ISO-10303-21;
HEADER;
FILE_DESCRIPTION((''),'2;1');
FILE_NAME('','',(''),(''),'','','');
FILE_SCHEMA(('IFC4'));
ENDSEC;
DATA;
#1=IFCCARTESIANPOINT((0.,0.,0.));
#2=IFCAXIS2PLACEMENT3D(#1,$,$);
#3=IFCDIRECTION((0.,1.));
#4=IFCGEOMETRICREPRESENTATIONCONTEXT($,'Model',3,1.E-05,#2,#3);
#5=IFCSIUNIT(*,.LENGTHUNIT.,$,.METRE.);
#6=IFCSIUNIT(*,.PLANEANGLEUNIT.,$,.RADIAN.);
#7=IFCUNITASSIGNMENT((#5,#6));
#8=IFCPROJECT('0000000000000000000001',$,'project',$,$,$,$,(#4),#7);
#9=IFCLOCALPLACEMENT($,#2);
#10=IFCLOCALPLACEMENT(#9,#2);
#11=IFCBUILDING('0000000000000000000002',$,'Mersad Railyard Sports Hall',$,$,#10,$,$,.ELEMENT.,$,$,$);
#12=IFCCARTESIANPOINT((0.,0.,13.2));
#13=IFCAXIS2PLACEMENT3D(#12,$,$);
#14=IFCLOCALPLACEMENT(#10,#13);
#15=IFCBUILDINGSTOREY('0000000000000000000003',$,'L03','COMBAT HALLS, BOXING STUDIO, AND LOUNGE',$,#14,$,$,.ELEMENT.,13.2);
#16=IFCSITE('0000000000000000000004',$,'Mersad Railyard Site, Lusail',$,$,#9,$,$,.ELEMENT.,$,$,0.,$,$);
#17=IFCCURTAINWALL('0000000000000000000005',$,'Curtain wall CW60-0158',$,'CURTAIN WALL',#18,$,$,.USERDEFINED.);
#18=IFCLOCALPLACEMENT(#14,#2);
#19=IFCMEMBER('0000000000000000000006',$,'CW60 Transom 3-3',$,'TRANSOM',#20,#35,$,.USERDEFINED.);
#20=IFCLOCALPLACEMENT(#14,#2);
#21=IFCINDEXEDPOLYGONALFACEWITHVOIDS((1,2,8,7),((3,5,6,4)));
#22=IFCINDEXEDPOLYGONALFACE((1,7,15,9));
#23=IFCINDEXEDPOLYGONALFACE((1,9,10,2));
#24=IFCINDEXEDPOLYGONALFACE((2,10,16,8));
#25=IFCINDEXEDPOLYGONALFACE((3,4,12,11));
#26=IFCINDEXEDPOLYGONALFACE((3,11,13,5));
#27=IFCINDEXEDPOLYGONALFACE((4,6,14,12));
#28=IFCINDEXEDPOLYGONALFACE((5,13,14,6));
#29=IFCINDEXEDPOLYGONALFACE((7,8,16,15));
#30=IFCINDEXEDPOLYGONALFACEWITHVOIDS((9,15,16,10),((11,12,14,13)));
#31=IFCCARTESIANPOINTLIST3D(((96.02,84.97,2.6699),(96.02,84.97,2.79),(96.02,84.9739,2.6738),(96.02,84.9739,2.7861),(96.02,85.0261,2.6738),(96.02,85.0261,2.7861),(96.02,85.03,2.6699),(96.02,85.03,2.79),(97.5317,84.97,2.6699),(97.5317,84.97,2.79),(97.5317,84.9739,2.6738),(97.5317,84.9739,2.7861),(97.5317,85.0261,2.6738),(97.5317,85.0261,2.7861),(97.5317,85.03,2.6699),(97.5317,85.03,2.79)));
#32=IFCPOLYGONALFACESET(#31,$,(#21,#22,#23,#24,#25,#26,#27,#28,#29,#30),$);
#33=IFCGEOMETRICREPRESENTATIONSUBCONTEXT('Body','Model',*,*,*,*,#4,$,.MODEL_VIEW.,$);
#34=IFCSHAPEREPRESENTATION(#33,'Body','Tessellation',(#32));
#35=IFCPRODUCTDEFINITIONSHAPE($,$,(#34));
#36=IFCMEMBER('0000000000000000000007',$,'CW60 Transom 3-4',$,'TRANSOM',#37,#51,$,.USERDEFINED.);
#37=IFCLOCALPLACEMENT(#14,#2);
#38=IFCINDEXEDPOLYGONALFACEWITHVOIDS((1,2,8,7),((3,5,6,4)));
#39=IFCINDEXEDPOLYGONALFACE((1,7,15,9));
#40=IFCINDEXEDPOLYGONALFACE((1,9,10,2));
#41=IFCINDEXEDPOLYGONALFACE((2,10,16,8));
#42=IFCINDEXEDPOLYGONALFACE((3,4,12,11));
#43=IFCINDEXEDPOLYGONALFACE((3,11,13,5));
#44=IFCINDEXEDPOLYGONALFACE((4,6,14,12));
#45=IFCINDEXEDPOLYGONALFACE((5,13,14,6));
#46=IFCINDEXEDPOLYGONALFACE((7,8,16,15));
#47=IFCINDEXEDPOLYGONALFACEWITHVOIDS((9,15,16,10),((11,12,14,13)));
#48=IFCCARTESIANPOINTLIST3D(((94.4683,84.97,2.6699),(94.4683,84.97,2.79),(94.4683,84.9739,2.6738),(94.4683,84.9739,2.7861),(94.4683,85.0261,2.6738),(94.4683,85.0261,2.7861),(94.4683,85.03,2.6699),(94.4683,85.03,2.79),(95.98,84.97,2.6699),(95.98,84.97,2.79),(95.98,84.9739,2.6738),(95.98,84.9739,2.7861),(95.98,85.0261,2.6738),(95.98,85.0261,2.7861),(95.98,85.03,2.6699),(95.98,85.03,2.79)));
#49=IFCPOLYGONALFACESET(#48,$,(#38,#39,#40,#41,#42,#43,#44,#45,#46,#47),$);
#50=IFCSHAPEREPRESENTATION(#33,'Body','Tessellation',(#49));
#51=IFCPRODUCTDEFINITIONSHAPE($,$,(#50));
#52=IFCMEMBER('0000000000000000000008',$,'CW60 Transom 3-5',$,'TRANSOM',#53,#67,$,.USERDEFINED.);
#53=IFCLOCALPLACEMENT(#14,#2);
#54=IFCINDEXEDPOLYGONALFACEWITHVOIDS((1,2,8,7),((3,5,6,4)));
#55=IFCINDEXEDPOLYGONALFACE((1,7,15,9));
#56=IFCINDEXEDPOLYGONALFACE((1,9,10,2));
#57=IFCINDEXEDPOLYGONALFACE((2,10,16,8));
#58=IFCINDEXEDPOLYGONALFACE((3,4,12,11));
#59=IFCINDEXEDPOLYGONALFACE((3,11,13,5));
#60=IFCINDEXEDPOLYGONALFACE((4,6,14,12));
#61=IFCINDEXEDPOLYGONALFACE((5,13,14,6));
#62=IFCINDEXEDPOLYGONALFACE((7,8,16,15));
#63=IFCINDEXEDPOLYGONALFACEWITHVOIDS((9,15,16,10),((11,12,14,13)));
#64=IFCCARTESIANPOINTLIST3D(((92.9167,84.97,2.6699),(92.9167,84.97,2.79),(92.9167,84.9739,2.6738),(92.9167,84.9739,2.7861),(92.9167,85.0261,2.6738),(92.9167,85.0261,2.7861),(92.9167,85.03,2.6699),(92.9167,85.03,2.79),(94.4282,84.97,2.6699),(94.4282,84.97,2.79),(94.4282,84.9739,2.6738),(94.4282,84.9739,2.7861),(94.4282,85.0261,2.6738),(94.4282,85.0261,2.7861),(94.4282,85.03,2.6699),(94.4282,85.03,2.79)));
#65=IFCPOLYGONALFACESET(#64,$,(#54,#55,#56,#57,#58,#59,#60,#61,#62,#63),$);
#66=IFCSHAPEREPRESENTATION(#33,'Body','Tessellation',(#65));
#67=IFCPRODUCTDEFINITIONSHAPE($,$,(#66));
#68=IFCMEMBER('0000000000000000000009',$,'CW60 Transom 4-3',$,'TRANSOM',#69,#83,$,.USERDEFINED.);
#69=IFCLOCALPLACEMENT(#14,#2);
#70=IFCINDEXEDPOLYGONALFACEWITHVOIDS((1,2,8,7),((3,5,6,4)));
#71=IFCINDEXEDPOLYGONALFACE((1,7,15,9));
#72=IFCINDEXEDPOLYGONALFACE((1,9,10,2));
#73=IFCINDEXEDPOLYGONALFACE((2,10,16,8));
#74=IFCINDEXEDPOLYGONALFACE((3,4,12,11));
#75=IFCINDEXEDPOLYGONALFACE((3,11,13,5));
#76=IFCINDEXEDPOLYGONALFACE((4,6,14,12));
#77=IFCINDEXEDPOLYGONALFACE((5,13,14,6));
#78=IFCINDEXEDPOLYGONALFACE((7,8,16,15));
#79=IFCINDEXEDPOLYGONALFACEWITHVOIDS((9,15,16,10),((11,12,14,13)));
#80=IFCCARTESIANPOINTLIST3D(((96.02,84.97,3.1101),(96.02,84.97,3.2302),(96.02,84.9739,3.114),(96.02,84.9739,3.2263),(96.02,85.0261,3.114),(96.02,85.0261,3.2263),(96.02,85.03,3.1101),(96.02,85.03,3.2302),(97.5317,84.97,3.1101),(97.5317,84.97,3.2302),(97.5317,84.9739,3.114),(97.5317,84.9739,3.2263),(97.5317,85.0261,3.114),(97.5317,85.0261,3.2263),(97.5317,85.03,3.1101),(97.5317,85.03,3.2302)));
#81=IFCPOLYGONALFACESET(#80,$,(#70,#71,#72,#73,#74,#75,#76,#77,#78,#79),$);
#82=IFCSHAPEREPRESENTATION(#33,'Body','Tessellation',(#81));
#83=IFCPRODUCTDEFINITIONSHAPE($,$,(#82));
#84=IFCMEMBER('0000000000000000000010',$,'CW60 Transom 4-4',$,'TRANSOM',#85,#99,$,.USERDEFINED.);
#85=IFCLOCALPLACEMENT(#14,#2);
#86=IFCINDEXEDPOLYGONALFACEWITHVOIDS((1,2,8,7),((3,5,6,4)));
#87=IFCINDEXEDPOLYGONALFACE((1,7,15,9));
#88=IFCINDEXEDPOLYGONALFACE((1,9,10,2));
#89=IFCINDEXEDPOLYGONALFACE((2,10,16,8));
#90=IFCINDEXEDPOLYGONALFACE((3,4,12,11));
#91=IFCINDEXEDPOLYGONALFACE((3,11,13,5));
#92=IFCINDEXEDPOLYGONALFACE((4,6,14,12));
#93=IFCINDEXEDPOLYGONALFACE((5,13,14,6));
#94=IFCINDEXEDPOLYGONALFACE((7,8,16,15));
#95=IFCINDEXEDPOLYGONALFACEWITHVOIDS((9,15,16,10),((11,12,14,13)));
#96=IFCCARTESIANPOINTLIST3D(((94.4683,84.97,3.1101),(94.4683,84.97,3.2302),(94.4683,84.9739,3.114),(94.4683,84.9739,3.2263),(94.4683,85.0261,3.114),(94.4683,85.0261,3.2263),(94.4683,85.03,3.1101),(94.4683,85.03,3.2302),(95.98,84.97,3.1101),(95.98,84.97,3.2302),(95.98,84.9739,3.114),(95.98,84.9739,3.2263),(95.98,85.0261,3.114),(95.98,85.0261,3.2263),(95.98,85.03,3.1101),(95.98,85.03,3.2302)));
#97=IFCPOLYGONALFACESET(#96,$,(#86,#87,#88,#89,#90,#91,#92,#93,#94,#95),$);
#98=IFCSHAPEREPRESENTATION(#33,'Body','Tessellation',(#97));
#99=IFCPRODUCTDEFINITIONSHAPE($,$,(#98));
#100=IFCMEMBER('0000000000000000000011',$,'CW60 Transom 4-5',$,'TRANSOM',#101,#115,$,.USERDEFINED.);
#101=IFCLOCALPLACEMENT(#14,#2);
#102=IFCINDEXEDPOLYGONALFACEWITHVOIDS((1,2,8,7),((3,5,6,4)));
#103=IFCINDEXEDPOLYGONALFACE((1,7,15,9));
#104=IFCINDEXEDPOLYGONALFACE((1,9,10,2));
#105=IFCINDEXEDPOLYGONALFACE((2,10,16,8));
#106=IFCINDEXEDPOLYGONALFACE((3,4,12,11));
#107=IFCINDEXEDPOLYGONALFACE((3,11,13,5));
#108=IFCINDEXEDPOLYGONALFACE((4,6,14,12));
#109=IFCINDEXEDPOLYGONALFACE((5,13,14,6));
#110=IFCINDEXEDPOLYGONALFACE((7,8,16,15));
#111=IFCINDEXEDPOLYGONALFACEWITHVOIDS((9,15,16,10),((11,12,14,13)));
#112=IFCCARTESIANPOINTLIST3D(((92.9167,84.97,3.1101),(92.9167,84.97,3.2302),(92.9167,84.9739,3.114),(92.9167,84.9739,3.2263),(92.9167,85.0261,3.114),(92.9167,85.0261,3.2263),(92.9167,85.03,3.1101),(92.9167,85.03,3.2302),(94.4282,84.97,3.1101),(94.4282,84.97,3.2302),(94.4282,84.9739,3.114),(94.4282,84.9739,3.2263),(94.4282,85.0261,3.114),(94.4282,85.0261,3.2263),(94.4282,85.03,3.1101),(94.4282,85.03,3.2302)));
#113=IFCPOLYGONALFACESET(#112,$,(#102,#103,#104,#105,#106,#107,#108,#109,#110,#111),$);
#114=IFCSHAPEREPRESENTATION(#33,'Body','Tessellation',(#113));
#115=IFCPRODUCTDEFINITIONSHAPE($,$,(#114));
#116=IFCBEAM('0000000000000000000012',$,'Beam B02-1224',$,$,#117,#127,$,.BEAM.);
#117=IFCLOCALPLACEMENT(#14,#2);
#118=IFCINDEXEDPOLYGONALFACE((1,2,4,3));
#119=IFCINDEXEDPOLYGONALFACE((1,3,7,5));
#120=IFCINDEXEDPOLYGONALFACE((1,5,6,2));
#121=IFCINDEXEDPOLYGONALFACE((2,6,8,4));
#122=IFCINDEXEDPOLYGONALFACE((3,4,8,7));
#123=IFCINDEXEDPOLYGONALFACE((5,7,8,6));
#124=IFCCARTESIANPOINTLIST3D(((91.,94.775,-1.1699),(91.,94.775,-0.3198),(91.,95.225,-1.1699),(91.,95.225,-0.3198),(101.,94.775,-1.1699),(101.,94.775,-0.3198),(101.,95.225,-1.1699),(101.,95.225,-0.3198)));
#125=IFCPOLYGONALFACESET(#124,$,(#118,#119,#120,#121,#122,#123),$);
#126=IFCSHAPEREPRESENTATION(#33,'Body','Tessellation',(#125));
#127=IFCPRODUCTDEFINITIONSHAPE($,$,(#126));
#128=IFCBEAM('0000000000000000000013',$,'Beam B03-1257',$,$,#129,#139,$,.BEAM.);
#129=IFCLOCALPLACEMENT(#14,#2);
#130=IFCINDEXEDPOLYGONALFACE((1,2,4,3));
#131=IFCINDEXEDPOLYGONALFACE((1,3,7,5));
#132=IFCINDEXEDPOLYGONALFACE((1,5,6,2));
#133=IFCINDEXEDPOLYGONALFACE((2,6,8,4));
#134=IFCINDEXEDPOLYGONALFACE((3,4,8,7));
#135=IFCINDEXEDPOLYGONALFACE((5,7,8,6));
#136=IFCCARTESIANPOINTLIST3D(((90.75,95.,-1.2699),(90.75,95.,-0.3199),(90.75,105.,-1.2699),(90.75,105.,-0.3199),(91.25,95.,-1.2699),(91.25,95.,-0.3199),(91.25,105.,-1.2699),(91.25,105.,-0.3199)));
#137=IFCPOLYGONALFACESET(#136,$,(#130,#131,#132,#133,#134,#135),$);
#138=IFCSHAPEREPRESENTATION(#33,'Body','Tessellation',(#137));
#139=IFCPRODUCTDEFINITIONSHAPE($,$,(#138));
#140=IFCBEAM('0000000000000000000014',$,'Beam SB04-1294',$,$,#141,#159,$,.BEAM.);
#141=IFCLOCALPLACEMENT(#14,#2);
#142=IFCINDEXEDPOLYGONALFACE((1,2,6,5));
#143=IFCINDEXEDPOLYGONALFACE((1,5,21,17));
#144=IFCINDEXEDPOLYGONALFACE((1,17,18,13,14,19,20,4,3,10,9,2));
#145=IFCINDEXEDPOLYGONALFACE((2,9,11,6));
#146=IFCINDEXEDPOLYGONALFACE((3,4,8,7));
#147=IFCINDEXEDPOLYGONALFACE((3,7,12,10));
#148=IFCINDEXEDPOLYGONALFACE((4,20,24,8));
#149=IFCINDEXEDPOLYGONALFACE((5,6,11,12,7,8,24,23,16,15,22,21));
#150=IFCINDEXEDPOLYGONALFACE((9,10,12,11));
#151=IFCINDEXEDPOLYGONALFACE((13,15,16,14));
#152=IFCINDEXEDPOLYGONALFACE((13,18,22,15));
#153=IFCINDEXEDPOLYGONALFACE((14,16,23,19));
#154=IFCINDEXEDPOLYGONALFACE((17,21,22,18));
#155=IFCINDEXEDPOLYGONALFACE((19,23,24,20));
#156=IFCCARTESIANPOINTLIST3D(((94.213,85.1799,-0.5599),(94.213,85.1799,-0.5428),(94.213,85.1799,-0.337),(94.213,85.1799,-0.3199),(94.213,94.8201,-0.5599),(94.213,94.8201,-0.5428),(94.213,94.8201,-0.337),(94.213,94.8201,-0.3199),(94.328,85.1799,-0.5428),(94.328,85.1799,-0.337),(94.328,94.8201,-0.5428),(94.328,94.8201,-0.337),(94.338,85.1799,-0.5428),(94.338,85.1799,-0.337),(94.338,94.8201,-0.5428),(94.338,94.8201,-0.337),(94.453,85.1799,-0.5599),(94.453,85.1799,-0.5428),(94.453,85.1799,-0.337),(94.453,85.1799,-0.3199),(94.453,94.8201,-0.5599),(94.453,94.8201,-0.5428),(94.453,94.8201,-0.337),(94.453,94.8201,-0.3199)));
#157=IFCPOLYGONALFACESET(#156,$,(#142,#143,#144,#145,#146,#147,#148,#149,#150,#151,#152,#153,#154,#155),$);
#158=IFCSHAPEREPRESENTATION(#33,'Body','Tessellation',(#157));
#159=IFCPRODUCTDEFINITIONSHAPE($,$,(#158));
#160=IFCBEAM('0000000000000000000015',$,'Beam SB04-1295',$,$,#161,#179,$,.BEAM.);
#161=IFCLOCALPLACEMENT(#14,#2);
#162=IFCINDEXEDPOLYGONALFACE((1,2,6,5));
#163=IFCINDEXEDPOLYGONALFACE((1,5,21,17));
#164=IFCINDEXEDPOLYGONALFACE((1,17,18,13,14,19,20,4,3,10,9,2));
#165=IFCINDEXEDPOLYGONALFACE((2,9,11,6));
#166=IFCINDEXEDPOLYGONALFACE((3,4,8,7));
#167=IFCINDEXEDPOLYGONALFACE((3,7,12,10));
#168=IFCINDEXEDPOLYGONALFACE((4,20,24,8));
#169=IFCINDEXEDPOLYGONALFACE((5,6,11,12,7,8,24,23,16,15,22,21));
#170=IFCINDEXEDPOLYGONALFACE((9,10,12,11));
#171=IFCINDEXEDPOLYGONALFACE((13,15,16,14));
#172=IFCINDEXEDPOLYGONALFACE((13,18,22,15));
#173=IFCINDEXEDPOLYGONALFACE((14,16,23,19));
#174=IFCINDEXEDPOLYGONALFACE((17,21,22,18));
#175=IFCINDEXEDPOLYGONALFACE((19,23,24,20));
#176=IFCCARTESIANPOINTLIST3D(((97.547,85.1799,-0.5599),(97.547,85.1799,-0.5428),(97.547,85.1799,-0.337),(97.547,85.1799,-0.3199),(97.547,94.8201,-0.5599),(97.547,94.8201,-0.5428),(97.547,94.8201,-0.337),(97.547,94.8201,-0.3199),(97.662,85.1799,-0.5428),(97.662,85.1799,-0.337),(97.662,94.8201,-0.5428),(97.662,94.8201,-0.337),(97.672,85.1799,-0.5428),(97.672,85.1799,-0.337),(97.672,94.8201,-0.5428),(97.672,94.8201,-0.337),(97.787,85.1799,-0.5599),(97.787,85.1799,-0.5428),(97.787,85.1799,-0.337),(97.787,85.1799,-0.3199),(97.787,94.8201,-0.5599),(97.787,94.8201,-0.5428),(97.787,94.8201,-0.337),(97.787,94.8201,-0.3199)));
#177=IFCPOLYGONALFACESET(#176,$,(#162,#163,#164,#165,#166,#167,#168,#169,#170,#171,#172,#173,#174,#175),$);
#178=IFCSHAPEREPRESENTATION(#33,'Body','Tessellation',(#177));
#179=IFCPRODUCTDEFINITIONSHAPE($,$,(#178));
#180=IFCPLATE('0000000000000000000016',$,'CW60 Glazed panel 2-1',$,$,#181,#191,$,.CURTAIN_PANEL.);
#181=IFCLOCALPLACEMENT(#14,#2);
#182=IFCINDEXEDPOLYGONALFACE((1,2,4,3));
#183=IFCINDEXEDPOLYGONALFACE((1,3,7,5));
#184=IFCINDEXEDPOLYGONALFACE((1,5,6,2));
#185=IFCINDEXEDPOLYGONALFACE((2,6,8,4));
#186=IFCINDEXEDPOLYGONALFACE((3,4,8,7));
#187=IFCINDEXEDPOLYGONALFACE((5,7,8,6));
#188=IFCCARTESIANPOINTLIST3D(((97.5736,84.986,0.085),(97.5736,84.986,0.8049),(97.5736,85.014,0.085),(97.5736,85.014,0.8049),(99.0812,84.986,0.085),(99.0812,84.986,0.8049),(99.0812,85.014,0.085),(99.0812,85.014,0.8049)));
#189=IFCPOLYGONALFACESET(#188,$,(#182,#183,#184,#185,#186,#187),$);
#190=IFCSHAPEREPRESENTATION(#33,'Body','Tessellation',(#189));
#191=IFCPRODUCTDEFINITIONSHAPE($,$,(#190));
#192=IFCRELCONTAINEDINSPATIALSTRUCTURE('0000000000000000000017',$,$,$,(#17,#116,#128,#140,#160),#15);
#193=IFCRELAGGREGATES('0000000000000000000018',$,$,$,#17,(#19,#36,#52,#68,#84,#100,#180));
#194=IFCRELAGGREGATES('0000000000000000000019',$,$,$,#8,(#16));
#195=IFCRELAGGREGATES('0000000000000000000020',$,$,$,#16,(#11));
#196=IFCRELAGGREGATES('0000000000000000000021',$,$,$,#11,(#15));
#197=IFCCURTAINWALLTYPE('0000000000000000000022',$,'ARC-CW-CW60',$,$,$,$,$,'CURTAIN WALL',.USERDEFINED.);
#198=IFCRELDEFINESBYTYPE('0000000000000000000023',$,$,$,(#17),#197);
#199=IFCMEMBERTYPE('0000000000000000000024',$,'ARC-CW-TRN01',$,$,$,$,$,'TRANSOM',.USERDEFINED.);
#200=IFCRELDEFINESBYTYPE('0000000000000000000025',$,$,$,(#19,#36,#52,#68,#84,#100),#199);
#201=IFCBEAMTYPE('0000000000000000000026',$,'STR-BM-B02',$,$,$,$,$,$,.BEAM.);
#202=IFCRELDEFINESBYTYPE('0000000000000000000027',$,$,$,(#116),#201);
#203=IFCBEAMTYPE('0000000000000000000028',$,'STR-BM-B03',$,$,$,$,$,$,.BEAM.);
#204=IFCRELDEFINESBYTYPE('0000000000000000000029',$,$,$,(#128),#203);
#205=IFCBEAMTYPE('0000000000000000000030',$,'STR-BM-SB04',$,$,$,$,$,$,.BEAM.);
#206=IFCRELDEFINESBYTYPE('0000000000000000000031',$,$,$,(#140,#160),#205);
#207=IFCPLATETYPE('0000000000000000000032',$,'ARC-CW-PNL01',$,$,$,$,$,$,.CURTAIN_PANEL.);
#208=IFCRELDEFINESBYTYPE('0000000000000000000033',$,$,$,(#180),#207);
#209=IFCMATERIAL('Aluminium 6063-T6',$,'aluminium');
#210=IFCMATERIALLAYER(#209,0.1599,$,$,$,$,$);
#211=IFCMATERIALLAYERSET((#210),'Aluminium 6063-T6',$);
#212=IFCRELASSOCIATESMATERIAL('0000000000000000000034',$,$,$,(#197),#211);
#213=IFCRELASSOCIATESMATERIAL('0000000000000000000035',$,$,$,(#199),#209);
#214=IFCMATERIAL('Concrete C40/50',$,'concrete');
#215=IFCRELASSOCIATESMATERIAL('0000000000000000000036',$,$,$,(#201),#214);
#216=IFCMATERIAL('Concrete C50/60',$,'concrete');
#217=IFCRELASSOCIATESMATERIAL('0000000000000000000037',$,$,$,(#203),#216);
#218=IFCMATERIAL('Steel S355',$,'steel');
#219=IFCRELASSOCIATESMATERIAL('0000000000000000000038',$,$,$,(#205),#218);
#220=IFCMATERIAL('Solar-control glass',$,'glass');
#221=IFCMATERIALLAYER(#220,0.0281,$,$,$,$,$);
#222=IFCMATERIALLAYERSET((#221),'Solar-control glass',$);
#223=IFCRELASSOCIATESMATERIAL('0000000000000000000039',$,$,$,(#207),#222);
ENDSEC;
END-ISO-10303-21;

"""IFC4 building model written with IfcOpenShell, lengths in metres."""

from ifc_helpers import new_model, si_unit, direction, frame, origin, origin_2d, place, context, subcontext, project, spatial, rectangle, hollow_rectangle, i_section, extrude, material, layer, layer_set, material_profile, profile_set, type_object, element, aggregate, save


model = new_model("IFC4")

# Units and contexts
model_context = context("Model", 3, precision=1e-05, world=origin(), true_north=direction((0.0, 1.0)))
body_context = subcontext(model_context, "Body", "Model", "MODEL_VIEW")
ifc_project = project(units=[si_unit("LENGTHUNIT", "METRE"), si_unit("PLANEANGLEUNIT", "RADIAN")], contexts=[model_context])

# Site, building, storey
site_placement = place(None, origin())
site = spatial("IfcSite", under=ifc_project, at=site_placement, Name="Mersad Railyard Site, Lusail", CompositionType="ELEMENT", RefElevation=0.0)
building_placement = place(site_placement, origin())
building = spatial("IfcBuilding", under=site, at=building_placement, Name="Mersad Railyard Sports Hall", CompositionType="ELEMENT")
storey_placement = place(building_placement, frame((0.0, 0.0, 13.2)))
storey = spatial("IfcBuildingStorey", under=building, at=storey_placement, Name="L03", Description="COMBAT HALLS, BOXING STUDIO, AND LOUNGE", CompositionType="ELEMENT", Elevation=13.2)

# Shared definitions
ifc_material_1 = material(Name="Concrete C40/50", Category="concrete")

# Curtain wall, members
ifc_material_2 = material(Name="Aluminium 6063-T6", Category="aluminium")
ifc_layer_1 = layer(ifc_material_2, 0.1599)
ifc_layer_set_1 = layer_set([ifc_layer_1], Name="Aluminium 6063-T6")
curtain_wall_type = type_object("IfcCurtainWallType", Name="ARC-CW-CW60", ElementType="CURTAIN WALL", PredefinedType="USERDEFINED", material=ifc_layer_set_1)
curtain_wall_placement = place(storey_placement, origin())
curtain_wall = element("IfcCurtainWall", 1, at=curtain_wall_placement, inside=storey, type_object=curtain_wall_type, Name="Curtain wall CW60-0158", ObjectType="CURTAIN WALL", PredefinedType="USERDEFINED")
ifc_material_profile_1 = material_profile(ifc_material_2, hollow_rectangle(XDim=0.0601, YDim=0.1201, WallThickness=0.0039, at=origin_2d()), Name="AL TRANSOM 60x120x4")
ifc_profile_set_1 = profile_set([ifc_material_profile_1], Name="Aluminium 6063-T6")
member_type_1 = type_object("IfcMemberType", Name="ARC-CW-TRN01", ElementType="TRANSOM", PredefinedType="USERDEFINED", material=ifc_profile_set_1)
member_1_placement = place(storey_placement, frame((97.5317, 85.0, 2.73), z_axis=(-1.0, 0.0, 0.0), x_axis=(0.0, -1.0, 0.0)))
member_1 = element("IfcMember", 2, at=member_1_placement, type_object=member_type_1, Name="CW60 Transom 3-3", ObjectType="TRANSOM", PredefinedType="USERDEFINED", context=body_context, shape_type="SweptSolid", body=[
    extrude(hollow_rectangle(XDim=0.0601, YDim=0.1201, WallThickness=0.0039, at=origin_2d()), origin(), (0.0, 0.0, 1.0), 1.5117),
])
member_2_placement = place(storey_placement, frame((95.98, 85.0, 2.73), z_axis=(-1.0, 0.0, 0.0), x_axis=(0.0, -1.0, 0.0)))
member_2 = element("IfcMember", 3, at=member_2_placement, type_object=member_type_1, Name="CW60 Transom 3-4", ObjectType="TRANSOM", PredefinedType="USERDEFINED", context=body_context, shape_type="SweptSolid", body=[
    extrude(hollow_rectangle(XDim=0.0601, YDim=0.1201, WallThickness=0.0039, at=origin_2d()), origin(), (0.0, 0.0, 1.0), 1.5117),
])
member_3_placement = place(storey_placement, frame((94.4282, 85.0, 2.73), z_axis=(-1.0, 0.0, 0.0), x_axis=(0.0, -1.0, 0.0)))
member_3 = element("IfcMember", 4, at=member_3_placement, type_object=member_type_1, Name="CW60 Transom 3-5", ObjectType="TRANSOM", PredefinedType="USERDEFINED", context=body_context, shape_type="SweptSolid", body=[
    extrude(hollow_rectangle(XDim=0.0601, YDim=0.1201, WallThickness=0.0039, at=origin_2d()), origin(), (0.0, 0.0, 1.0), 1.5115),
])
member_4_placement = place(storey_placement, frame((97.5317, 85.0, 3.1702), z_axis=(-1.0, 0.0, 0.0), x_axis=(0.0, -1.0, 0.0)))
member_4 = element("IfcMember", 5, at=member_4_placement, type_object=member_type_1, Name="CW60 Transom 4-3", ObjectType="TRANSOM", PredefinedType="USERDEFINED", context=body_context, shape_type="SweptSolid", body=[
    extrude(hollow_rectangle(XDim=0.0601, YDim=0.1201, WallThickness=0.0039, at=origin_2d()), origin(), (0.0, 0.0, 1.0), 1.5117),
])
member_5_placement = place(storey_placement, frame((95.98, 85.0, 3.1702), z_axis=(-1.0, 0.0, 0.0), x_axis=(0.0, -1.0, 0.0)))
member_5 = element("IfcMember", 6, at=member_5_placement, type_object=member_type_1, Name="CW60 Transom 4-4", ObjectType="TRANSOM", PredefinedType="USERDEFINED", context=body_context, shape_type="SweptSolid", body=[
    extrude(hollow_rectangle(XDim=0.0601, YDim=0.1201, WallThickness=0.0039, at=origin_2d()), origin(), (0.0, 0.0, 1.0), 1.5117),
])
member_6_placement = place(storey_placement, frame((94.4282, 85.0, 3.1702), z_axis=(-1.0, 0.0, 0.0), x_axis=(0.0, -1.0, 0.0)))
member_6 = element("IfcMember", 7, at=member_6_placement, type_object=member_type_1, Name="CW60 Transom 4-5", ObjectType="TRANSOM", PredefinedType="USERDEFINED", context=body_context, shape_type="SweptSolid", body=[
    extrude(hollow_rectangle(XDim=0.0601, YDim=0.1201, WallThickness=0.0039, at=origin_2d()), origin(), (0.0, 0.0, 1.0), 1.5115),
])

# Beams
ifc_material_profile_2 = material_profile(ifc_material_1, rectangle(XDim=0.45, YDim=0.8501, at=origin_2d()), Name="RC 450x850")
ifc_profile_set_2 = profile_set([ifc_material_profile_2], Name="Concrete C40/50")
beam_type_1 = type_object("IfcBeamType", Name="STR-BM-B02", PredefinedType="BEAM", material=ifc_profile_set_2)
beam_1_placement = place(storey_placement, frame((91.0, 95.0, -0.7449), z_axis=(1.0, 0.0, 0.0), x_axis=(0.0, 1.0, 0.0)))
element("IfcBeam", 8, at=beam_1_placement, inside=storey, type_object=beam_type_1, Name="Beam B02-1224", PredefinedType="BEAM", context=body_context, shape_type="SweptSolid", body=[
    extrude(rectangle(XDim=0.45, YDim=0.8501, at=origin_2d()), origin(), (0.0, 0.0, 1.0), 10.0),
])
ifc_material_3 = material(Name="Concrete C50/60", Category="concrete")
ifc_material_profile_3 = material_profile(ifc_material_3, rectangle(XDim=0.5, YDim=0.95, at=origin_2d()), Name="RC 500x950")
ifc_profile_set_3 = profile_set([ifc_material_profile_3], Name="Concrete C50/60")
beam_type_2 = type_object("IfcBeamType", Name="STR-BM-B03", PredefinedType="BEAM", material=ifc_profile_set_3)
beam_2_placement = place(storey_placement, frame((91.0, 95.0, -0.7949), z_axis=(0.0, 1.0, 0.0), x_axis=(-1.0, 0.0, 0.0)))
element("IfcBeam", 9, at=beam_2_placement, inside=storey, type_object=beam_type_2, Name="Beam B03-1257", PredefinedType="BEAM", context=body_context, shape_type="SweptSolid", body=[
    extrude(rectangle(XDim=0.5, YDim=0.95, at=origin_2d()), origin(), (0.0, 0.0, 1.0), 10.0),
])
ifc_material_4 = material(Name="Steel S355", Category="steel")
ifc_material_profile_4 = material_profile(ifc_material_4, i_section(OverallWidth=0.24, OverallDepth=0.24, WebThickness=0.01, FlangeThickness=0.0171, at=origin_2d()), Name="HEB 240")
ifc_profile_set_4 = profile_set([ifc_material_profile_4], Name="Steel S355")
beam_type_3 = type_object("IfcBeamType", Name="STR-BM-SB04", PredefinedType="BEAM", material=ifc_profile_set_4)
for number, where, z_axis, x_axis, name in (
    (10, (94.333, 85.1799, -0.4399), (0.0, 1.0, 0.0), (-1.0, 0.0, 0.0), "Beam SB04-1294"),
    (11, (97.667, 85.1799, -0.4399), (0.0, 1.0, 0.0), (-1.0, 0.0, 0.0), "Beam SB04-1295"),
):
    element("IfcBeam", number, at=place(storey_placement, frame(where, z_axis=z_axis, x_axis=x_axis)), inside=storey, type_object=beam_type_3, Name=name, PredefinedType="BEAM", context=body_context, shape_type="SweptSolid", body=[
        extrude(i_section(OverallWidth=0.24, OverallDepth=0.24, WebThickness=0.01, FlangeThickness=0.0171, at=origin_2d()), origin(), (0.0, 0.0, 1.0), 9.6401),
    ])

# Plate
ifc_material_5 = material(Name="Solar-control glass", Category="glass")
ifc_layer_2 = layer(ifc_material_5, 0.0281)
ifc_layer_set_2 = layer_set([ifc_layer_2], Name="Solar-control glass")
plate_type = type_object("IfcPlateType", Name="ARC-CW-PNL01", PredefinedType="CURTAIN_PANEL", material=ifc_layer_set_2)
plate_1_placement = place(storey_placement, frame((98.3274, 85.0, 0.085), z_axis=(0.0, 0.0, 1.0), x_axis=(-1.0, 0.0, 0.0)))
plate_1 = element("IfcPlate", 12, at=plate_1_placement, type_object=plate_type, Name="CW60 Glazed panel 2-1", PredefinedType="CURTAIN_PANEL", context=body_context, shape_type="SweptSolid", body=[
    extrude(rectangle(XDim=1.5076, YDim=0.0281, at=origin_2d()), origin(), (0.0, 0.0, 1.0), 0.72),
])
aggregate(curtain_wall, [member_1, member_2, member_3, member_4, member_5, member_6, plate_1])

save(model, "model.ifc")
